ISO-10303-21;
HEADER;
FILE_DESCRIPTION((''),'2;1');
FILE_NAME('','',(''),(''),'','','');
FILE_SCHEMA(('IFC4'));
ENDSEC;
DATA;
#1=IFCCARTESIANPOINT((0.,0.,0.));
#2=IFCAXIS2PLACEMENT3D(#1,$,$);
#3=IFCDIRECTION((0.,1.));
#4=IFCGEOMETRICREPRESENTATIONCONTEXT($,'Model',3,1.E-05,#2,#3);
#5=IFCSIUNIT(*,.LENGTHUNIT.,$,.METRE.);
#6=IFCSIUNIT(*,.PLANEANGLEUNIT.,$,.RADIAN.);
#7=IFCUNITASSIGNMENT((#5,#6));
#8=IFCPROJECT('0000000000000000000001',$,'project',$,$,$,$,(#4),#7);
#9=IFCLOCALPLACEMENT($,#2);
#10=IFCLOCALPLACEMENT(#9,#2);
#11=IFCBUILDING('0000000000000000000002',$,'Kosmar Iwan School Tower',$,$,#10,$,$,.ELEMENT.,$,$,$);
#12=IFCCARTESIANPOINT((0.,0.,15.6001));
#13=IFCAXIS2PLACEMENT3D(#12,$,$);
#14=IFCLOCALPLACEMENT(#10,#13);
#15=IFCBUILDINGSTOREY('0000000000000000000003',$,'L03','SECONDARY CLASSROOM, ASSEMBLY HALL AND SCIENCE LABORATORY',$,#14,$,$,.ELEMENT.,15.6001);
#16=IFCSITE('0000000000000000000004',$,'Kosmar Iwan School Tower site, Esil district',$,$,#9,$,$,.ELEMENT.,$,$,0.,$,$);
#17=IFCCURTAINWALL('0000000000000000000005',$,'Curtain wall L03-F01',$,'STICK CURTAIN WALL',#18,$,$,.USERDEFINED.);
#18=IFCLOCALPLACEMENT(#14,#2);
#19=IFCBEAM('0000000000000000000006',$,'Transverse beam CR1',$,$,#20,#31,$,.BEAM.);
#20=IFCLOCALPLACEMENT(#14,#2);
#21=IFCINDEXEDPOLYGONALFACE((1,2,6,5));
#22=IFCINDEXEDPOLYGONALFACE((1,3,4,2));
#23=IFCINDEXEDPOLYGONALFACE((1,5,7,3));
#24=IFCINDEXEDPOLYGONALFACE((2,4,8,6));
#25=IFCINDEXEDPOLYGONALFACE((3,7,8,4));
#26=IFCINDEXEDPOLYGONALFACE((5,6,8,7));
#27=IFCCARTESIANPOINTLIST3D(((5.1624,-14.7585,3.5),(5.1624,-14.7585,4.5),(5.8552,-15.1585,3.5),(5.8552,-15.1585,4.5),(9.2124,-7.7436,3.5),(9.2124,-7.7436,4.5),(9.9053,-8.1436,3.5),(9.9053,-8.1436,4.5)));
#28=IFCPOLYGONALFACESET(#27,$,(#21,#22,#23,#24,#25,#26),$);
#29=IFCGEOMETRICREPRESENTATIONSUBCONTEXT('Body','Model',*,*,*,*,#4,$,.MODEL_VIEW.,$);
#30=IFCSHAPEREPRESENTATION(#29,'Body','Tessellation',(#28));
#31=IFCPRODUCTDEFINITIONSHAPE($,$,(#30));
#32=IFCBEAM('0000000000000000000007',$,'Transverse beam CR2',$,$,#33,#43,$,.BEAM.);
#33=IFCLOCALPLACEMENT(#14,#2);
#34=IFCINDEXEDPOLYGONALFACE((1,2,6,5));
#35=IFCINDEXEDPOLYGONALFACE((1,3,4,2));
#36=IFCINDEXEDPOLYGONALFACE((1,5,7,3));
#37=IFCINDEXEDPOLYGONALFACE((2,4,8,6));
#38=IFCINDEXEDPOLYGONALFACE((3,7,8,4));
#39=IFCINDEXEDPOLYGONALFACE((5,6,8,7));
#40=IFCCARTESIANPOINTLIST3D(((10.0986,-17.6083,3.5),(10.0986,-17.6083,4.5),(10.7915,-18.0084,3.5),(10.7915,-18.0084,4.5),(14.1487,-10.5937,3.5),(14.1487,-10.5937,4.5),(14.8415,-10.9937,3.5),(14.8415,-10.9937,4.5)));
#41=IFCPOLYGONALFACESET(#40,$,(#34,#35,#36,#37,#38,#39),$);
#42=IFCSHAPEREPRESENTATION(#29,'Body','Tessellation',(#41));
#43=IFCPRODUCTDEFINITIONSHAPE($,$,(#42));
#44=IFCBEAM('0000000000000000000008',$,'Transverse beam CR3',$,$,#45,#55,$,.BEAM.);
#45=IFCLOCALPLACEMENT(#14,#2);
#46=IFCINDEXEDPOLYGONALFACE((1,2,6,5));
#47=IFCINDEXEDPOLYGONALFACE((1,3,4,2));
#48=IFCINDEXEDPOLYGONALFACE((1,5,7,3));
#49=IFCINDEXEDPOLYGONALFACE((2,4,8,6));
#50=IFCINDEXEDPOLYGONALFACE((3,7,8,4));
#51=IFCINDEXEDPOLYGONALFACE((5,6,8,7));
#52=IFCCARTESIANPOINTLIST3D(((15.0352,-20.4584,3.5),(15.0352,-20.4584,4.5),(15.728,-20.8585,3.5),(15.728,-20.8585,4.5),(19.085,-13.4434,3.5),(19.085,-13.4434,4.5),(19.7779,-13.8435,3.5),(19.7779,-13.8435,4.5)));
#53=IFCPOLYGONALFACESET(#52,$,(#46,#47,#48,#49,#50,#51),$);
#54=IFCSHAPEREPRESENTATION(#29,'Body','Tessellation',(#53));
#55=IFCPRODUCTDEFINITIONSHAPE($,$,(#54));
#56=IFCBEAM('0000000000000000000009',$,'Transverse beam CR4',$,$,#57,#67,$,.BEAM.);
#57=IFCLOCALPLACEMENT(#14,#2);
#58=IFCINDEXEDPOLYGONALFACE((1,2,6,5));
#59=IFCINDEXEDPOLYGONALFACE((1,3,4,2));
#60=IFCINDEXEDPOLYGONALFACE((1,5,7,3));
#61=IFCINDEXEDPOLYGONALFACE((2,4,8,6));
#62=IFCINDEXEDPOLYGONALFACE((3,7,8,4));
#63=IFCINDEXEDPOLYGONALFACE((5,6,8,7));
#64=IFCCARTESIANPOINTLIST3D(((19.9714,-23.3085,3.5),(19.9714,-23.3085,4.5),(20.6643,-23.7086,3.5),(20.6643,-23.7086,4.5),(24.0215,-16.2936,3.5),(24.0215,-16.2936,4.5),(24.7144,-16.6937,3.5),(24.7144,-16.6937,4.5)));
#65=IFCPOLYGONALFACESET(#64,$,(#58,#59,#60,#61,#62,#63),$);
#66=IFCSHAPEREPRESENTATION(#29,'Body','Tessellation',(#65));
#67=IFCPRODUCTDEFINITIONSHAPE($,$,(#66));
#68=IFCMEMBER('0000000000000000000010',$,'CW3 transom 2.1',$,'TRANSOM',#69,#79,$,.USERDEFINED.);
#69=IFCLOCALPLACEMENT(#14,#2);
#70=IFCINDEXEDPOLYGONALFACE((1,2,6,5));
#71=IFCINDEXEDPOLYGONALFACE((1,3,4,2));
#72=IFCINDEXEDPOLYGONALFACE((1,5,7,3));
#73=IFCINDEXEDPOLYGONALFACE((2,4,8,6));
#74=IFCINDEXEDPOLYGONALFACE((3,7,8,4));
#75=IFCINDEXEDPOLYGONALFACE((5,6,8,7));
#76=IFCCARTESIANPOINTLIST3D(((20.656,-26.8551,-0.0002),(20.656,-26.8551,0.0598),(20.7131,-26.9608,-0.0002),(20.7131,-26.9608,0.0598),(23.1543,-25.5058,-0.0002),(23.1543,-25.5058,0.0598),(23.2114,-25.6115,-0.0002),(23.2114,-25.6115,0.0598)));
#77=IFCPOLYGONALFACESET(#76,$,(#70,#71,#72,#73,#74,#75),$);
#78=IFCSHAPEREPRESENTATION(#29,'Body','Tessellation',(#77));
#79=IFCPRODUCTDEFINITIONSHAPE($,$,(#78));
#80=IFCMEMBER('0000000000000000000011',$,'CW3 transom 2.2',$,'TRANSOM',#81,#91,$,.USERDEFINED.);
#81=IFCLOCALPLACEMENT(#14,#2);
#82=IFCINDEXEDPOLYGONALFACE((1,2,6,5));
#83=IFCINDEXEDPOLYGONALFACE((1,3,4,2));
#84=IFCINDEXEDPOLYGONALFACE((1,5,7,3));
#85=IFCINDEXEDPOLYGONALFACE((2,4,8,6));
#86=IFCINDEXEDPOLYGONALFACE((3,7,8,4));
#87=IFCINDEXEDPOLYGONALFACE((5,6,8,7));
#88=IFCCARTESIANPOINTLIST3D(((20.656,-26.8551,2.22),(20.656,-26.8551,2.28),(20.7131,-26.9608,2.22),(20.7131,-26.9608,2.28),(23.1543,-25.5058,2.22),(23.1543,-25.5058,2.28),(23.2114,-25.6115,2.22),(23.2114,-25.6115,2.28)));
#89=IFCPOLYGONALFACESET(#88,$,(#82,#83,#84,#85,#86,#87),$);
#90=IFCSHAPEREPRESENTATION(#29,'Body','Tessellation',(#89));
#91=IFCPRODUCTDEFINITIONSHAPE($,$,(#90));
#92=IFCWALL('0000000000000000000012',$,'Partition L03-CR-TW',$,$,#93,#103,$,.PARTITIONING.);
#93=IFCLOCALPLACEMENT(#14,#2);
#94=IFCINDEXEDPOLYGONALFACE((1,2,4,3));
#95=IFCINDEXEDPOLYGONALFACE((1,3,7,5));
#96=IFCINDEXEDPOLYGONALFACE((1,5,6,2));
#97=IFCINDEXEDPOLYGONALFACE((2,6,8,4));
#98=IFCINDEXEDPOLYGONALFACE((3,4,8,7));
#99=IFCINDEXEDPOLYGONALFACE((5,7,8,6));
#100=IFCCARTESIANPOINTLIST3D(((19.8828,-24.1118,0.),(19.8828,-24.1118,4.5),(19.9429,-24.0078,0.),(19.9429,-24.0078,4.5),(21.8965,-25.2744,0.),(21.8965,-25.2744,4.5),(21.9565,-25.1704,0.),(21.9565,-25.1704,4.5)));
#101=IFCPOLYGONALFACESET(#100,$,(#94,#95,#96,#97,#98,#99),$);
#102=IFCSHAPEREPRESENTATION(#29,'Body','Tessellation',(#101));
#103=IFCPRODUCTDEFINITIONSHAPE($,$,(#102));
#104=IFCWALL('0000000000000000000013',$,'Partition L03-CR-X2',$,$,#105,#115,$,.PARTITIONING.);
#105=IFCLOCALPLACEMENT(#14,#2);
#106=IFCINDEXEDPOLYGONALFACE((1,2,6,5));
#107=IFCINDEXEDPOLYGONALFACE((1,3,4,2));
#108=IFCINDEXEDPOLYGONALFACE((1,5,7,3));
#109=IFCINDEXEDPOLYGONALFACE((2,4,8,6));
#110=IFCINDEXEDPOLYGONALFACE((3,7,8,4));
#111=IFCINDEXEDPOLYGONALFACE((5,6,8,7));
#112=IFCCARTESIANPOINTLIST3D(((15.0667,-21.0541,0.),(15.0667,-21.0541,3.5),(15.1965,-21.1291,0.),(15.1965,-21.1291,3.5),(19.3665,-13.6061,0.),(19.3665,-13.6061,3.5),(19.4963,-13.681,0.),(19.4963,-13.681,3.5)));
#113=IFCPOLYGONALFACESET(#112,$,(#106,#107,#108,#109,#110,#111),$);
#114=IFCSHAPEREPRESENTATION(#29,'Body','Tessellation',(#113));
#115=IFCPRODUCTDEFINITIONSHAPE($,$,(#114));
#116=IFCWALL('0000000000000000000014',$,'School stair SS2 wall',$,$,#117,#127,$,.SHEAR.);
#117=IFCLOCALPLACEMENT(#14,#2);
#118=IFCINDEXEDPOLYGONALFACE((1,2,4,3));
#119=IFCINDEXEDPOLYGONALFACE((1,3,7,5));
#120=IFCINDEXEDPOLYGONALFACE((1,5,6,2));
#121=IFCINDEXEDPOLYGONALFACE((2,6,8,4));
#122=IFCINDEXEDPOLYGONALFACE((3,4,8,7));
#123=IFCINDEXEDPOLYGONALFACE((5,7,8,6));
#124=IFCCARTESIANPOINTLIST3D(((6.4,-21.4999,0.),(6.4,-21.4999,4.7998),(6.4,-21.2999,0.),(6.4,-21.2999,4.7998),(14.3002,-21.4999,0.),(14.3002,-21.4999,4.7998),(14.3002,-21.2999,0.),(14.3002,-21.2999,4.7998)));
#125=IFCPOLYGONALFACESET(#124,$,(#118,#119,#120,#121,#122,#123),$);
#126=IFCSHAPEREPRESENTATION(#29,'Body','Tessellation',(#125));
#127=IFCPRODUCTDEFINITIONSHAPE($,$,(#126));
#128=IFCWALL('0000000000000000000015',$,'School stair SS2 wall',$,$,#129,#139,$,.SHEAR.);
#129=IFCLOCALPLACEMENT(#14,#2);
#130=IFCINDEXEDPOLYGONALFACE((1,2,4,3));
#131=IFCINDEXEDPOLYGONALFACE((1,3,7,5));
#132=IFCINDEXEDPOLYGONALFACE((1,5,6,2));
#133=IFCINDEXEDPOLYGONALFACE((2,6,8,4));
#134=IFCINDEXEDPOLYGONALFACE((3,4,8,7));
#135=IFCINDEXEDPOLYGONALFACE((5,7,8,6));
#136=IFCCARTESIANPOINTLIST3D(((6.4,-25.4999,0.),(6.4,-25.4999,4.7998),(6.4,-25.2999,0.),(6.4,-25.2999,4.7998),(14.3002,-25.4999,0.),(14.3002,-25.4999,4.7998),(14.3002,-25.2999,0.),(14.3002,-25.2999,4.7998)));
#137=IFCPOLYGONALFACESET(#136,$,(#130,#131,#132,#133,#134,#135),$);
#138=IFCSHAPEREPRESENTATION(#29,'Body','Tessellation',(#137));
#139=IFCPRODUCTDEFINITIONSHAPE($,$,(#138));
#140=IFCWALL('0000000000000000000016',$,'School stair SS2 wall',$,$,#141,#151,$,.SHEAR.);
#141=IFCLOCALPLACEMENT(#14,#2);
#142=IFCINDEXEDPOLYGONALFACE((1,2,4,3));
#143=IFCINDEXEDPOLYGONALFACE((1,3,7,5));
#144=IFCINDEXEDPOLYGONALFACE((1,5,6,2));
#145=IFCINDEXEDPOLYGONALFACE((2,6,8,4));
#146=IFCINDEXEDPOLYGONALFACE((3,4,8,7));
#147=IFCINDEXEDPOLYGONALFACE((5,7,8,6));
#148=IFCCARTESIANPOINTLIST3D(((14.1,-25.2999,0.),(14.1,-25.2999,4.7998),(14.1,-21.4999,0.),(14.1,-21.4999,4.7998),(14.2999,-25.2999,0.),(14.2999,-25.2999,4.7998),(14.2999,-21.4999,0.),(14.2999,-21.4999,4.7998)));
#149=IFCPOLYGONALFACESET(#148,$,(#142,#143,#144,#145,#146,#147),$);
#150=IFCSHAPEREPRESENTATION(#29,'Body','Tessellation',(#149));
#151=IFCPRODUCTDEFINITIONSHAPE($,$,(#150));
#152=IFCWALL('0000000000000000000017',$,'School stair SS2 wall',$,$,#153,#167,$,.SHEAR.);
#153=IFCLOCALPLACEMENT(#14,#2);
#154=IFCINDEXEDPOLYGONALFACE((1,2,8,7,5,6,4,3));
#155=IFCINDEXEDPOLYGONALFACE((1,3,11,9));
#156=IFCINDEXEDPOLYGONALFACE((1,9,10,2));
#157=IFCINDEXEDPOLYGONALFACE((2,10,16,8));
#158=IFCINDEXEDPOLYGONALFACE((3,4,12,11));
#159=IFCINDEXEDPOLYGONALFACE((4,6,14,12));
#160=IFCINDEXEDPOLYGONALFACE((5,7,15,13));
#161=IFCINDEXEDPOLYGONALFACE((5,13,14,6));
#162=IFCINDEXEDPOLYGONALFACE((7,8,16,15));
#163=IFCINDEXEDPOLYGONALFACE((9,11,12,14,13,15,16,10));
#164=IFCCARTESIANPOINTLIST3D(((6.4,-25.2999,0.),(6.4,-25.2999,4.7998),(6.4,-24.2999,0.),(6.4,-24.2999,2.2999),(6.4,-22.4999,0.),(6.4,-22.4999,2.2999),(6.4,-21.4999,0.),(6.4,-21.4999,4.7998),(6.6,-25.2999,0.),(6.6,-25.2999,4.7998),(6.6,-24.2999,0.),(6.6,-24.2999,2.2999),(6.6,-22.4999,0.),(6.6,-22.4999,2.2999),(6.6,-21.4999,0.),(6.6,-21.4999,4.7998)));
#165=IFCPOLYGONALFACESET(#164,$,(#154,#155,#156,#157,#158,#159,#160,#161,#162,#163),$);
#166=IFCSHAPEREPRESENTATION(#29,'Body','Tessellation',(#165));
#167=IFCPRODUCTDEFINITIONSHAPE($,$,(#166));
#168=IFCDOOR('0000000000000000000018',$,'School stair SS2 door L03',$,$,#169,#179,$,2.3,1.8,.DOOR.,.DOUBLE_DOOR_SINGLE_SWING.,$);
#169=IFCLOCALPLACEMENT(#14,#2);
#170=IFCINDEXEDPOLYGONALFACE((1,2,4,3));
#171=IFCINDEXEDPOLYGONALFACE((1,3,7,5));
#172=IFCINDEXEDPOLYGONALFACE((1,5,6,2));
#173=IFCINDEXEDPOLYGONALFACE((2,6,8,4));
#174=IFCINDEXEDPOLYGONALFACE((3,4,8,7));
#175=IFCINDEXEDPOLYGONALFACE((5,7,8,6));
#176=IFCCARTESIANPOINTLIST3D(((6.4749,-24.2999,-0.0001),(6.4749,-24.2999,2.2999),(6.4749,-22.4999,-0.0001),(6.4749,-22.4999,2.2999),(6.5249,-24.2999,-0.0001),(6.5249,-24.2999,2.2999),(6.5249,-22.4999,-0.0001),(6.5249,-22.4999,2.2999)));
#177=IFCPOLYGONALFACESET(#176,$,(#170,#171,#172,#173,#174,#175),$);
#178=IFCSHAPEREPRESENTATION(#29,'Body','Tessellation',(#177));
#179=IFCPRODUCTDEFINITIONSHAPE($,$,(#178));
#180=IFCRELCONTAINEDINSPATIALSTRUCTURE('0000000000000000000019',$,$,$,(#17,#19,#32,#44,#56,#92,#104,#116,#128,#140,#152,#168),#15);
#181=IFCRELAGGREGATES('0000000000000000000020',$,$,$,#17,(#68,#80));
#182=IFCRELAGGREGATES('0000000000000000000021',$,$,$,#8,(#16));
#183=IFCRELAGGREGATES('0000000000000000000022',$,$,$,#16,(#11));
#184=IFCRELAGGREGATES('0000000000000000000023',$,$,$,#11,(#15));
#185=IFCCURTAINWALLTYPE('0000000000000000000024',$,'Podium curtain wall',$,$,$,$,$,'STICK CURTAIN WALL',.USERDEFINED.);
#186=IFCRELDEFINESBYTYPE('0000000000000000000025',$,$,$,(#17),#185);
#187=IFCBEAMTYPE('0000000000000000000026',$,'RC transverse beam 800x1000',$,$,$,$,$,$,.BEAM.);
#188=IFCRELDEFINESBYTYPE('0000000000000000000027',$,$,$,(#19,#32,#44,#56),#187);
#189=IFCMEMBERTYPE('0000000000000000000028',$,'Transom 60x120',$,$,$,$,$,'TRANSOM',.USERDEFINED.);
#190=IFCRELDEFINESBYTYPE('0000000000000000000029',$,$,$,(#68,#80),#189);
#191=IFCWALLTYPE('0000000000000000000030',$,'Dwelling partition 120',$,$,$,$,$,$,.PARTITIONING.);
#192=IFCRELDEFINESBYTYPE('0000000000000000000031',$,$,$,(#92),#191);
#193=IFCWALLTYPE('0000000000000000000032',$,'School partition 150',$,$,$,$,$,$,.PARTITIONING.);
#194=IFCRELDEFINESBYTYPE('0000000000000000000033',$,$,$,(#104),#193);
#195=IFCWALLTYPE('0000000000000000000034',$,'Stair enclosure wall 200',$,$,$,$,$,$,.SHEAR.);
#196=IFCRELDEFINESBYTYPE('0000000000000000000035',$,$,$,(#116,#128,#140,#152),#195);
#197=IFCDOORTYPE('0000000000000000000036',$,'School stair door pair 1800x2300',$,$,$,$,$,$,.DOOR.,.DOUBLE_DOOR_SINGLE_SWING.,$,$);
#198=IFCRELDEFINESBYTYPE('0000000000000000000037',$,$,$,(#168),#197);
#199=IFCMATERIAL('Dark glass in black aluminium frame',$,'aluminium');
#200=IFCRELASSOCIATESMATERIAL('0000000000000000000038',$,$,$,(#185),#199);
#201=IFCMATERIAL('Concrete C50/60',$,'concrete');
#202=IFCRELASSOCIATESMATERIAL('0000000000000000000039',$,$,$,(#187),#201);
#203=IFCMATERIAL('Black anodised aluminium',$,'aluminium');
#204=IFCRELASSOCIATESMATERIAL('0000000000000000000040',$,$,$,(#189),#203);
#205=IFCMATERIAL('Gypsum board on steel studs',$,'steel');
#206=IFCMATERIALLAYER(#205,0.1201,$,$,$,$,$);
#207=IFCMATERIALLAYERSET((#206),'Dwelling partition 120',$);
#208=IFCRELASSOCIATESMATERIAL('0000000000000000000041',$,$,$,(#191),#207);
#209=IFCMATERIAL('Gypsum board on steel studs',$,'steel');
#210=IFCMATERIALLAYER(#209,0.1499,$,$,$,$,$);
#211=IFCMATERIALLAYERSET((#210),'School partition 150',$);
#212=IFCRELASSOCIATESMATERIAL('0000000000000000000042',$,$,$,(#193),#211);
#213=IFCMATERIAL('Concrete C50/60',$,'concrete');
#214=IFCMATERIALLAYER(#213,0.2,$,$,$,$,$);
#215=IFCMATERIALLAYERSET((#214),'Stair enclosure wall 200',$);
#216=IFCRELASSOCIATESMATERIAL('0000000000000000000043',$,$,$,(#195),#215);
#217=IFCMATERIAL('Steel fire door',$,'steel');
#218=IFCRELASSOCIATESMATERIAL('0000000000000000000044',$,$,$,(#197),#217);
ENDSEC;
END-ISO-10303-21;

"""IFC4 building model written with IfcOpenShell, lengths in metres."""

from ifc_helpers import new_model, si_unit, direction, frame, frame_2d, origin, origin_2d, place, context, subcontext, project, spatial, rectangle, extrude, material, layer, layer_set, material_profile, profile_set, type_object, element, fill, aggregate, save


model = new_model("IFC4")

# Units and contexts
model_context = context("Model", 3, precision=1e-05, world=origin(), true_north=direction((0.0, 1.0)))
body_context = subcontext(model_context, "Body", "Model", "MODEL_VIEW")
ifc_project = project(units=[si_unit("LENGTHUNIT", "METRE"), si_unit("PLANEANGLEUNIT", "RADIAN")], contexts=[model_context])

# Site, building, storey
site_placement = place(None, origin())
site = spatial("IfcSite", under=ifc_project, at=site_placement, Name="Kosmar Iwan School Tower site, Esil district", CompositionType="ELEMENT", RefElevation=0.0)
building_placement = place(site_placement, origin())
building = spatial("IfcBuilding", under=site, at=building_placement, Name="Kosmar Iwan School Tower", CompositionType="ELEMENT")
storey_placement = place(building_placement, frame((0.0, 0.0, 15.6001)))
storey = spatial("IfcBuildingStorey", under=building, at=storey_placement, Name="L03", Description="SECONDARY CLASSROOM, ASSEMBLY HALL AND SCIENCE LABORATORY", CompositionType="ELEMENT", Elevation=15.6001)

# Curtain wall
ifc_material_1 = material(Name="Dark glass in black aluminium frame", Category="aluminium")
curtain_wall_type = type_object("IfcCurtainWallType", Name="Podium curtain wall", ElementType="STICK CURTAIN WALL", PredefinedType="USERDEFINED", material=ifc_material_1)
curtain_wall_placement = place(storey_placement, origin())
curtain_wall = element("IfcCurtainWall", 1, at=curtain_wall_placement, inside=storey, type_object=curtain_wall_type, Name="Curtain wall L03-F01", ObjectType="STICK CURTAIN WALL", PredefinedType="USERDEFINED")

# Beams
ifc_material_2 = material(Name="Concrete C50/60", Category="concrete")
ifc_material_profile_1 = material_profile(ifc_material_2, rectangle(XDim=0.8, YDim=1.0, at=origin_2d()), Name="RC 800x1000")
ifc_profile_set_1 = profile_set([ifc_material_profile_1], Name="Concrete C50/60")
beam_type_1 = type_object("IfcBeamType", Name="RC transverse beam 800x1000", PredefinedType="BEAM", material=ifc_profile_set_1)
beam_1_placement = place(storey_placement, frame((5.5088, -14.9585, 4.0), z_axis=(0.5, 0.866025, 0.0), x_axis=(-0.866025, 0.5, 0.0)))
element("IfcBeam", 2, at=beam_1_placement, inside=storey, type_object=beam_type_1, Name="Transverse beam CR1", PredefinedType="BEAM", context=body_context, shape_type="SweptSolid", body=[
    extrude(rectangle(XDim=0.8, YDim=1.0, at=origin_2d()), origin(), (0.0, 0.0, 1.0), 8.1001),
])
beam_2_placement = place(storey_placement, frame((10.4451, -17.8083, 4.0), z_axis=(0.500013, 0.866018, 0.0), x_axis=(-0.866018, 0.500013, 0.0)))
element("IfcBeam", 3, at=beam_2_placement, inside=storey, type_object=beam_type_1, Name="Transverse beam CR2", PredefinedType="BEAM", context=body_context, shape_type="SweptSolid", body=[
    extrude(rectangle(XDim=0.8, YDim=1.0, at=origin_2d()), origin(), (0.0, 0.0, 1.0), 8.0999),
])
for number, where, z_axis, x_axis, name in (
    (4, (15.3816, -20.6584, 4.0), (0.499977, 0.866039, 0.0), (-0.866039, 0.499977, 0.0), "Transverse beam CR3"),
    (5, (20.3179, -23.5085, 4.0), (0.5, 0.866025, 0.0), (-0.866025, 0.5, 0.0), "Transverse beam CR4"),
):
    element("IfcBeam", number, at=place(storey_placement, frame(where, z_axis=z_axis, x_axis=x_axis)), inside=storey, type_object=beam_type_1, Name=name, PredefinedType="BEAM", context=body_context, shape_type="SweptSolid", body=[
        extrude(rectangle(XDim=0.8, YDim=1.0, at=origin_2d()), origin(), (0.0, 0.0, 1.0), 8.1001),
    ])

# Members
ifc_material_3 = material(Name="Black anodised aluminium", Category="aluminium")
ifc_material_profile_2 = material_profile(ifc_material_3, rectangle(XDim=0.1201, YDim=0.0601, at=origin_2d()), Name="TRANSOM 60x120")
ifc_profile_set_2 = profile_set([ifc_material_profile_2], Name="Black anodised aluminium")
member_type_1 = type_object("IfcMemberType", Name="Transom 60x120", ElementType="TRANSOM", PredefinedType="USERDEFINED", material=ifc_profile_set_2)
member_1_placement = place(storey_placement, frame((20.6846, -26.908, 0.0298), z_axis=(0.879863, 0.475227, 0.0), x_axis=(-0.475227, 0.879863, 0.0)))
member_1 = element("IfcMember", 6, at=member_1_placement, type_object=member_type_1, Name="CW3 transom 2.1", ObjectType="TRANSOM", PredefinedType="USERDEFINED", context=body_context, shape_type="SweptSolid", body=[
    extrude(rectangle(XDim=0.1201, YDim=0.0601, at=origin_2d()), origin(), (0.0, 0.0, 1.0), 2.8394),
])
member_2_placement = place(storey_placement, frame((20.6846, -26.908, 2.25), z_axis=(0.879863, 0.475227, 0.0), x_axis=(-0.475227, 0.879863, 0.0)))
member_2 = element("IfcMember", 7, at=member_2_placement, type_object=member_type_1, Name="CW3 transom 2.2", ObjectType="TRANSOM", PredefinedType="USERDEFINED", context=body_context, shape_type="SweptSolid", body=[
    extrude(rectangle(XDim=0.1201, YDim=0.0601, at=origin_2d()), origin(), (0.0, 0.0, 1.0), 2.8394),
])
aggregate(curtain_wall, [member_1, member_2])

# Walls
ifc_material_4 = material(Name="Gypsum board on steel studs", Category="steel")
ifc_layer_1 = layer(ifc_material_4, 0.1201)
ifc_layer_set_1 = layer_set([ifc_layer_1], Name="Dwelling partition 120")
wall_type_1 = type_object("IfcWallType", Name="Dwelling partition 120", PredefinedType="PARTITIONING", material=ifc_layer_set_1)
wall_1_placement = place(storey_placement, frame((19.9128, -24.0598, 0.0), z_axis=(0.0, 0.0, 1.0), x_axis=(0.866025, -0.500001, 0.0)))
element("IfcWall", 8, at=wall_1_placement, inside=storey, type_object=wall_type_1, Name="Partition L03-CR-TW", PredefinedType="PARTITIONING", context=body_context, shape_type="SweptSolid", body=[
    extrude(rectangle(XDim=2.3252, YDim=0.1201, at=frame_2d((1.1626, 0.0))), origin(), (0.0, 0.0, 1.0), 4.5),
])
ifc_material_5 = material(Name="Gypsum board on steel studs", Category="steel")
ifc_layer_2 = layer(ifc_material_5, 0.1499)
ifc_layer_set_2 = layer_set([ifc_layer_2], Name="School partition 150")
wall_type_2 = type_object("IfcWallType", Name="School partition 150", PredefinedType="PARTITIONING", material=ifc_layer_set_2)
wall_2_placement = place(storey_placement, frame((19.4314, -13.6436, 0.0), z_axis=(0.0, 0.0, 1.0), x_axis=(-0.499974, -0.86604, 0.0)))
element("IfcWall", 9, at=wall_2_placement, inside=storey, type_object=wall_type_2, Name="Partition L03-CR-X2", PredefinedType="PARTITIONING", context=body_context, shape_type="SweptSolid", body=[
    extrude(rectangle(XDim=8.6001, YDim=0.1499, at=frame_2d((4.3, 0.0))), origin(), (0.0, 0.0, 1.0), 3.5),
])
ifc_material_6 = material(Name="Concrete C50/60", Category="concrete")
ifc_layer_3 = layer(ifc_material_6, 0.2)
ifc_layer_set_3 = layer_set([ifc_layer_3], Name="Stair enclosure wall 200")
wall_type_3 = type_object("IfcWallType", Name="Stair enclosure wall 200", PredefinedType="SHEAR", material=ifc_layer_set_3)
for number, where, z_axis, x_axis, name in (
    (10, (6.3999, -21.3999, 0.0), (0.0, 0.0, 1.0), (1.0, 0.0, 0.0), "School stair SS2 wall"),
    (11, (6.3999, -25.3999, 0.0), (0.0, 0.0, 1.0), (1.0, 0.0, 0.0), "School stair SS2 wall"),
):
    element("IfcWall", number, at=place(storey_placement, frame(where, z_axis=z_axis, x_axis=x_axis)), inside=storey, type_object=wall_type_3, Name=name, PredefinedType="SHEAR", context=body_context, shape_type="SweptSolid", body=[
        extrude(rectangle(XDim=7.9001, YDim=0.2, at=frame_2d((3.9502, 0.0))), origin(), (0.0, 0.0, 1.0), 4.7998),
    ])
wall_3_placement = place(storey_placement, frame((14.2, -21.5, 0.0), z_axis=(0.0, 0.0, 1.0), x_axis=(0.0, -1.0, 0.0)))
element("IfcWall", 12, at=wall_3_placement, inside=storey, type_object=wall_type_3, Name="School stair SS2 wall", PredefinedType="SHEAR", context=body_context, shape_type="SweptSolid", body=[
    extrude(rectangle(XDim=3.8, YDim=0.2, at=frame_2d((1.8999, 0.0))), origin(), (0.0, 0.0, 1.0), 4.7998),
])

# Wall, opening, door
wall_4_placement = place(storey_placement, frame((6.5, -21.5, 0.0), z_axis=(0.0, 0.0, 1.0), x_axis=(0.0, -1.0, 0.0)))
wall_4 = element("IfcWall", 13, at=wall_4_placement, inside=storey, type_object=wall_type_3, Name="School stair SS2 wall", PredefinedType="SHEAR", context=body_context, shape_type="SweptSolid", body=[
    extrude(rectangle(XDim=3.8, YDim=0.2, at=frame_2d((1.8999, 0.0))), origin(), (0.0, 0.0, 1.0), 4.7998),
])
opening_placement = place(wall_4_placement, frame((1.0, 0.0, 0.0)))
opening = element("IfcOpeningElement", 14, at=opening_placement, cuts=wall_4, PredefinedType="OPENING", context=body_context, shape_type="SweptSolid", body=[
    extrude(rectangle(XDim=1.8, YDim=2.3, at=frame_2d((0.8999, 1.1499))), frame((0.0, 0.1121, 0.0), z_axis=(0.0, -1.0, 0.0), x_axis=(1.0, 0.0, 0.0)), (0.0, 0.0, 1.0), 0.2239),
])
ifc_material_7 = material(Name="Steel fire door", Category="steel")
door_type = type_object("IfcDoorType", Name="School stair door pair 1800x2300", OperationType="DOUBLE_DOOR_SINGLE_SWING", PredefinedType="DOOR", material=ifc_material_7)
door_placement = place(opening_placement, origin())
door = element("IfcDoor", 15, at=door_placement, inside=storey, type_object=door_type, Name="School stair SS2 door L03", OperationType="DOUBLE_DOOR_SINGLE_SWING", OverallHeight=2.3, OverallWidth=1.8, PredefinedType="DOOR", context=body_context, shape_type="SweptSolid", body=[
    extrude(rectangle(XDim=1.8, YDim=2.3, at=frame_2d((0.8999, 1.1499))), frame((0.0, 0.0249, 0.0), z_axis=(0.0, -1.0, 0.0), x_axis=(1.0, 0.0, 0.0)), (0.0, 0.0, 1.0), 0.05),
])
fill(opening, door)

save(model, "model.ifc")
